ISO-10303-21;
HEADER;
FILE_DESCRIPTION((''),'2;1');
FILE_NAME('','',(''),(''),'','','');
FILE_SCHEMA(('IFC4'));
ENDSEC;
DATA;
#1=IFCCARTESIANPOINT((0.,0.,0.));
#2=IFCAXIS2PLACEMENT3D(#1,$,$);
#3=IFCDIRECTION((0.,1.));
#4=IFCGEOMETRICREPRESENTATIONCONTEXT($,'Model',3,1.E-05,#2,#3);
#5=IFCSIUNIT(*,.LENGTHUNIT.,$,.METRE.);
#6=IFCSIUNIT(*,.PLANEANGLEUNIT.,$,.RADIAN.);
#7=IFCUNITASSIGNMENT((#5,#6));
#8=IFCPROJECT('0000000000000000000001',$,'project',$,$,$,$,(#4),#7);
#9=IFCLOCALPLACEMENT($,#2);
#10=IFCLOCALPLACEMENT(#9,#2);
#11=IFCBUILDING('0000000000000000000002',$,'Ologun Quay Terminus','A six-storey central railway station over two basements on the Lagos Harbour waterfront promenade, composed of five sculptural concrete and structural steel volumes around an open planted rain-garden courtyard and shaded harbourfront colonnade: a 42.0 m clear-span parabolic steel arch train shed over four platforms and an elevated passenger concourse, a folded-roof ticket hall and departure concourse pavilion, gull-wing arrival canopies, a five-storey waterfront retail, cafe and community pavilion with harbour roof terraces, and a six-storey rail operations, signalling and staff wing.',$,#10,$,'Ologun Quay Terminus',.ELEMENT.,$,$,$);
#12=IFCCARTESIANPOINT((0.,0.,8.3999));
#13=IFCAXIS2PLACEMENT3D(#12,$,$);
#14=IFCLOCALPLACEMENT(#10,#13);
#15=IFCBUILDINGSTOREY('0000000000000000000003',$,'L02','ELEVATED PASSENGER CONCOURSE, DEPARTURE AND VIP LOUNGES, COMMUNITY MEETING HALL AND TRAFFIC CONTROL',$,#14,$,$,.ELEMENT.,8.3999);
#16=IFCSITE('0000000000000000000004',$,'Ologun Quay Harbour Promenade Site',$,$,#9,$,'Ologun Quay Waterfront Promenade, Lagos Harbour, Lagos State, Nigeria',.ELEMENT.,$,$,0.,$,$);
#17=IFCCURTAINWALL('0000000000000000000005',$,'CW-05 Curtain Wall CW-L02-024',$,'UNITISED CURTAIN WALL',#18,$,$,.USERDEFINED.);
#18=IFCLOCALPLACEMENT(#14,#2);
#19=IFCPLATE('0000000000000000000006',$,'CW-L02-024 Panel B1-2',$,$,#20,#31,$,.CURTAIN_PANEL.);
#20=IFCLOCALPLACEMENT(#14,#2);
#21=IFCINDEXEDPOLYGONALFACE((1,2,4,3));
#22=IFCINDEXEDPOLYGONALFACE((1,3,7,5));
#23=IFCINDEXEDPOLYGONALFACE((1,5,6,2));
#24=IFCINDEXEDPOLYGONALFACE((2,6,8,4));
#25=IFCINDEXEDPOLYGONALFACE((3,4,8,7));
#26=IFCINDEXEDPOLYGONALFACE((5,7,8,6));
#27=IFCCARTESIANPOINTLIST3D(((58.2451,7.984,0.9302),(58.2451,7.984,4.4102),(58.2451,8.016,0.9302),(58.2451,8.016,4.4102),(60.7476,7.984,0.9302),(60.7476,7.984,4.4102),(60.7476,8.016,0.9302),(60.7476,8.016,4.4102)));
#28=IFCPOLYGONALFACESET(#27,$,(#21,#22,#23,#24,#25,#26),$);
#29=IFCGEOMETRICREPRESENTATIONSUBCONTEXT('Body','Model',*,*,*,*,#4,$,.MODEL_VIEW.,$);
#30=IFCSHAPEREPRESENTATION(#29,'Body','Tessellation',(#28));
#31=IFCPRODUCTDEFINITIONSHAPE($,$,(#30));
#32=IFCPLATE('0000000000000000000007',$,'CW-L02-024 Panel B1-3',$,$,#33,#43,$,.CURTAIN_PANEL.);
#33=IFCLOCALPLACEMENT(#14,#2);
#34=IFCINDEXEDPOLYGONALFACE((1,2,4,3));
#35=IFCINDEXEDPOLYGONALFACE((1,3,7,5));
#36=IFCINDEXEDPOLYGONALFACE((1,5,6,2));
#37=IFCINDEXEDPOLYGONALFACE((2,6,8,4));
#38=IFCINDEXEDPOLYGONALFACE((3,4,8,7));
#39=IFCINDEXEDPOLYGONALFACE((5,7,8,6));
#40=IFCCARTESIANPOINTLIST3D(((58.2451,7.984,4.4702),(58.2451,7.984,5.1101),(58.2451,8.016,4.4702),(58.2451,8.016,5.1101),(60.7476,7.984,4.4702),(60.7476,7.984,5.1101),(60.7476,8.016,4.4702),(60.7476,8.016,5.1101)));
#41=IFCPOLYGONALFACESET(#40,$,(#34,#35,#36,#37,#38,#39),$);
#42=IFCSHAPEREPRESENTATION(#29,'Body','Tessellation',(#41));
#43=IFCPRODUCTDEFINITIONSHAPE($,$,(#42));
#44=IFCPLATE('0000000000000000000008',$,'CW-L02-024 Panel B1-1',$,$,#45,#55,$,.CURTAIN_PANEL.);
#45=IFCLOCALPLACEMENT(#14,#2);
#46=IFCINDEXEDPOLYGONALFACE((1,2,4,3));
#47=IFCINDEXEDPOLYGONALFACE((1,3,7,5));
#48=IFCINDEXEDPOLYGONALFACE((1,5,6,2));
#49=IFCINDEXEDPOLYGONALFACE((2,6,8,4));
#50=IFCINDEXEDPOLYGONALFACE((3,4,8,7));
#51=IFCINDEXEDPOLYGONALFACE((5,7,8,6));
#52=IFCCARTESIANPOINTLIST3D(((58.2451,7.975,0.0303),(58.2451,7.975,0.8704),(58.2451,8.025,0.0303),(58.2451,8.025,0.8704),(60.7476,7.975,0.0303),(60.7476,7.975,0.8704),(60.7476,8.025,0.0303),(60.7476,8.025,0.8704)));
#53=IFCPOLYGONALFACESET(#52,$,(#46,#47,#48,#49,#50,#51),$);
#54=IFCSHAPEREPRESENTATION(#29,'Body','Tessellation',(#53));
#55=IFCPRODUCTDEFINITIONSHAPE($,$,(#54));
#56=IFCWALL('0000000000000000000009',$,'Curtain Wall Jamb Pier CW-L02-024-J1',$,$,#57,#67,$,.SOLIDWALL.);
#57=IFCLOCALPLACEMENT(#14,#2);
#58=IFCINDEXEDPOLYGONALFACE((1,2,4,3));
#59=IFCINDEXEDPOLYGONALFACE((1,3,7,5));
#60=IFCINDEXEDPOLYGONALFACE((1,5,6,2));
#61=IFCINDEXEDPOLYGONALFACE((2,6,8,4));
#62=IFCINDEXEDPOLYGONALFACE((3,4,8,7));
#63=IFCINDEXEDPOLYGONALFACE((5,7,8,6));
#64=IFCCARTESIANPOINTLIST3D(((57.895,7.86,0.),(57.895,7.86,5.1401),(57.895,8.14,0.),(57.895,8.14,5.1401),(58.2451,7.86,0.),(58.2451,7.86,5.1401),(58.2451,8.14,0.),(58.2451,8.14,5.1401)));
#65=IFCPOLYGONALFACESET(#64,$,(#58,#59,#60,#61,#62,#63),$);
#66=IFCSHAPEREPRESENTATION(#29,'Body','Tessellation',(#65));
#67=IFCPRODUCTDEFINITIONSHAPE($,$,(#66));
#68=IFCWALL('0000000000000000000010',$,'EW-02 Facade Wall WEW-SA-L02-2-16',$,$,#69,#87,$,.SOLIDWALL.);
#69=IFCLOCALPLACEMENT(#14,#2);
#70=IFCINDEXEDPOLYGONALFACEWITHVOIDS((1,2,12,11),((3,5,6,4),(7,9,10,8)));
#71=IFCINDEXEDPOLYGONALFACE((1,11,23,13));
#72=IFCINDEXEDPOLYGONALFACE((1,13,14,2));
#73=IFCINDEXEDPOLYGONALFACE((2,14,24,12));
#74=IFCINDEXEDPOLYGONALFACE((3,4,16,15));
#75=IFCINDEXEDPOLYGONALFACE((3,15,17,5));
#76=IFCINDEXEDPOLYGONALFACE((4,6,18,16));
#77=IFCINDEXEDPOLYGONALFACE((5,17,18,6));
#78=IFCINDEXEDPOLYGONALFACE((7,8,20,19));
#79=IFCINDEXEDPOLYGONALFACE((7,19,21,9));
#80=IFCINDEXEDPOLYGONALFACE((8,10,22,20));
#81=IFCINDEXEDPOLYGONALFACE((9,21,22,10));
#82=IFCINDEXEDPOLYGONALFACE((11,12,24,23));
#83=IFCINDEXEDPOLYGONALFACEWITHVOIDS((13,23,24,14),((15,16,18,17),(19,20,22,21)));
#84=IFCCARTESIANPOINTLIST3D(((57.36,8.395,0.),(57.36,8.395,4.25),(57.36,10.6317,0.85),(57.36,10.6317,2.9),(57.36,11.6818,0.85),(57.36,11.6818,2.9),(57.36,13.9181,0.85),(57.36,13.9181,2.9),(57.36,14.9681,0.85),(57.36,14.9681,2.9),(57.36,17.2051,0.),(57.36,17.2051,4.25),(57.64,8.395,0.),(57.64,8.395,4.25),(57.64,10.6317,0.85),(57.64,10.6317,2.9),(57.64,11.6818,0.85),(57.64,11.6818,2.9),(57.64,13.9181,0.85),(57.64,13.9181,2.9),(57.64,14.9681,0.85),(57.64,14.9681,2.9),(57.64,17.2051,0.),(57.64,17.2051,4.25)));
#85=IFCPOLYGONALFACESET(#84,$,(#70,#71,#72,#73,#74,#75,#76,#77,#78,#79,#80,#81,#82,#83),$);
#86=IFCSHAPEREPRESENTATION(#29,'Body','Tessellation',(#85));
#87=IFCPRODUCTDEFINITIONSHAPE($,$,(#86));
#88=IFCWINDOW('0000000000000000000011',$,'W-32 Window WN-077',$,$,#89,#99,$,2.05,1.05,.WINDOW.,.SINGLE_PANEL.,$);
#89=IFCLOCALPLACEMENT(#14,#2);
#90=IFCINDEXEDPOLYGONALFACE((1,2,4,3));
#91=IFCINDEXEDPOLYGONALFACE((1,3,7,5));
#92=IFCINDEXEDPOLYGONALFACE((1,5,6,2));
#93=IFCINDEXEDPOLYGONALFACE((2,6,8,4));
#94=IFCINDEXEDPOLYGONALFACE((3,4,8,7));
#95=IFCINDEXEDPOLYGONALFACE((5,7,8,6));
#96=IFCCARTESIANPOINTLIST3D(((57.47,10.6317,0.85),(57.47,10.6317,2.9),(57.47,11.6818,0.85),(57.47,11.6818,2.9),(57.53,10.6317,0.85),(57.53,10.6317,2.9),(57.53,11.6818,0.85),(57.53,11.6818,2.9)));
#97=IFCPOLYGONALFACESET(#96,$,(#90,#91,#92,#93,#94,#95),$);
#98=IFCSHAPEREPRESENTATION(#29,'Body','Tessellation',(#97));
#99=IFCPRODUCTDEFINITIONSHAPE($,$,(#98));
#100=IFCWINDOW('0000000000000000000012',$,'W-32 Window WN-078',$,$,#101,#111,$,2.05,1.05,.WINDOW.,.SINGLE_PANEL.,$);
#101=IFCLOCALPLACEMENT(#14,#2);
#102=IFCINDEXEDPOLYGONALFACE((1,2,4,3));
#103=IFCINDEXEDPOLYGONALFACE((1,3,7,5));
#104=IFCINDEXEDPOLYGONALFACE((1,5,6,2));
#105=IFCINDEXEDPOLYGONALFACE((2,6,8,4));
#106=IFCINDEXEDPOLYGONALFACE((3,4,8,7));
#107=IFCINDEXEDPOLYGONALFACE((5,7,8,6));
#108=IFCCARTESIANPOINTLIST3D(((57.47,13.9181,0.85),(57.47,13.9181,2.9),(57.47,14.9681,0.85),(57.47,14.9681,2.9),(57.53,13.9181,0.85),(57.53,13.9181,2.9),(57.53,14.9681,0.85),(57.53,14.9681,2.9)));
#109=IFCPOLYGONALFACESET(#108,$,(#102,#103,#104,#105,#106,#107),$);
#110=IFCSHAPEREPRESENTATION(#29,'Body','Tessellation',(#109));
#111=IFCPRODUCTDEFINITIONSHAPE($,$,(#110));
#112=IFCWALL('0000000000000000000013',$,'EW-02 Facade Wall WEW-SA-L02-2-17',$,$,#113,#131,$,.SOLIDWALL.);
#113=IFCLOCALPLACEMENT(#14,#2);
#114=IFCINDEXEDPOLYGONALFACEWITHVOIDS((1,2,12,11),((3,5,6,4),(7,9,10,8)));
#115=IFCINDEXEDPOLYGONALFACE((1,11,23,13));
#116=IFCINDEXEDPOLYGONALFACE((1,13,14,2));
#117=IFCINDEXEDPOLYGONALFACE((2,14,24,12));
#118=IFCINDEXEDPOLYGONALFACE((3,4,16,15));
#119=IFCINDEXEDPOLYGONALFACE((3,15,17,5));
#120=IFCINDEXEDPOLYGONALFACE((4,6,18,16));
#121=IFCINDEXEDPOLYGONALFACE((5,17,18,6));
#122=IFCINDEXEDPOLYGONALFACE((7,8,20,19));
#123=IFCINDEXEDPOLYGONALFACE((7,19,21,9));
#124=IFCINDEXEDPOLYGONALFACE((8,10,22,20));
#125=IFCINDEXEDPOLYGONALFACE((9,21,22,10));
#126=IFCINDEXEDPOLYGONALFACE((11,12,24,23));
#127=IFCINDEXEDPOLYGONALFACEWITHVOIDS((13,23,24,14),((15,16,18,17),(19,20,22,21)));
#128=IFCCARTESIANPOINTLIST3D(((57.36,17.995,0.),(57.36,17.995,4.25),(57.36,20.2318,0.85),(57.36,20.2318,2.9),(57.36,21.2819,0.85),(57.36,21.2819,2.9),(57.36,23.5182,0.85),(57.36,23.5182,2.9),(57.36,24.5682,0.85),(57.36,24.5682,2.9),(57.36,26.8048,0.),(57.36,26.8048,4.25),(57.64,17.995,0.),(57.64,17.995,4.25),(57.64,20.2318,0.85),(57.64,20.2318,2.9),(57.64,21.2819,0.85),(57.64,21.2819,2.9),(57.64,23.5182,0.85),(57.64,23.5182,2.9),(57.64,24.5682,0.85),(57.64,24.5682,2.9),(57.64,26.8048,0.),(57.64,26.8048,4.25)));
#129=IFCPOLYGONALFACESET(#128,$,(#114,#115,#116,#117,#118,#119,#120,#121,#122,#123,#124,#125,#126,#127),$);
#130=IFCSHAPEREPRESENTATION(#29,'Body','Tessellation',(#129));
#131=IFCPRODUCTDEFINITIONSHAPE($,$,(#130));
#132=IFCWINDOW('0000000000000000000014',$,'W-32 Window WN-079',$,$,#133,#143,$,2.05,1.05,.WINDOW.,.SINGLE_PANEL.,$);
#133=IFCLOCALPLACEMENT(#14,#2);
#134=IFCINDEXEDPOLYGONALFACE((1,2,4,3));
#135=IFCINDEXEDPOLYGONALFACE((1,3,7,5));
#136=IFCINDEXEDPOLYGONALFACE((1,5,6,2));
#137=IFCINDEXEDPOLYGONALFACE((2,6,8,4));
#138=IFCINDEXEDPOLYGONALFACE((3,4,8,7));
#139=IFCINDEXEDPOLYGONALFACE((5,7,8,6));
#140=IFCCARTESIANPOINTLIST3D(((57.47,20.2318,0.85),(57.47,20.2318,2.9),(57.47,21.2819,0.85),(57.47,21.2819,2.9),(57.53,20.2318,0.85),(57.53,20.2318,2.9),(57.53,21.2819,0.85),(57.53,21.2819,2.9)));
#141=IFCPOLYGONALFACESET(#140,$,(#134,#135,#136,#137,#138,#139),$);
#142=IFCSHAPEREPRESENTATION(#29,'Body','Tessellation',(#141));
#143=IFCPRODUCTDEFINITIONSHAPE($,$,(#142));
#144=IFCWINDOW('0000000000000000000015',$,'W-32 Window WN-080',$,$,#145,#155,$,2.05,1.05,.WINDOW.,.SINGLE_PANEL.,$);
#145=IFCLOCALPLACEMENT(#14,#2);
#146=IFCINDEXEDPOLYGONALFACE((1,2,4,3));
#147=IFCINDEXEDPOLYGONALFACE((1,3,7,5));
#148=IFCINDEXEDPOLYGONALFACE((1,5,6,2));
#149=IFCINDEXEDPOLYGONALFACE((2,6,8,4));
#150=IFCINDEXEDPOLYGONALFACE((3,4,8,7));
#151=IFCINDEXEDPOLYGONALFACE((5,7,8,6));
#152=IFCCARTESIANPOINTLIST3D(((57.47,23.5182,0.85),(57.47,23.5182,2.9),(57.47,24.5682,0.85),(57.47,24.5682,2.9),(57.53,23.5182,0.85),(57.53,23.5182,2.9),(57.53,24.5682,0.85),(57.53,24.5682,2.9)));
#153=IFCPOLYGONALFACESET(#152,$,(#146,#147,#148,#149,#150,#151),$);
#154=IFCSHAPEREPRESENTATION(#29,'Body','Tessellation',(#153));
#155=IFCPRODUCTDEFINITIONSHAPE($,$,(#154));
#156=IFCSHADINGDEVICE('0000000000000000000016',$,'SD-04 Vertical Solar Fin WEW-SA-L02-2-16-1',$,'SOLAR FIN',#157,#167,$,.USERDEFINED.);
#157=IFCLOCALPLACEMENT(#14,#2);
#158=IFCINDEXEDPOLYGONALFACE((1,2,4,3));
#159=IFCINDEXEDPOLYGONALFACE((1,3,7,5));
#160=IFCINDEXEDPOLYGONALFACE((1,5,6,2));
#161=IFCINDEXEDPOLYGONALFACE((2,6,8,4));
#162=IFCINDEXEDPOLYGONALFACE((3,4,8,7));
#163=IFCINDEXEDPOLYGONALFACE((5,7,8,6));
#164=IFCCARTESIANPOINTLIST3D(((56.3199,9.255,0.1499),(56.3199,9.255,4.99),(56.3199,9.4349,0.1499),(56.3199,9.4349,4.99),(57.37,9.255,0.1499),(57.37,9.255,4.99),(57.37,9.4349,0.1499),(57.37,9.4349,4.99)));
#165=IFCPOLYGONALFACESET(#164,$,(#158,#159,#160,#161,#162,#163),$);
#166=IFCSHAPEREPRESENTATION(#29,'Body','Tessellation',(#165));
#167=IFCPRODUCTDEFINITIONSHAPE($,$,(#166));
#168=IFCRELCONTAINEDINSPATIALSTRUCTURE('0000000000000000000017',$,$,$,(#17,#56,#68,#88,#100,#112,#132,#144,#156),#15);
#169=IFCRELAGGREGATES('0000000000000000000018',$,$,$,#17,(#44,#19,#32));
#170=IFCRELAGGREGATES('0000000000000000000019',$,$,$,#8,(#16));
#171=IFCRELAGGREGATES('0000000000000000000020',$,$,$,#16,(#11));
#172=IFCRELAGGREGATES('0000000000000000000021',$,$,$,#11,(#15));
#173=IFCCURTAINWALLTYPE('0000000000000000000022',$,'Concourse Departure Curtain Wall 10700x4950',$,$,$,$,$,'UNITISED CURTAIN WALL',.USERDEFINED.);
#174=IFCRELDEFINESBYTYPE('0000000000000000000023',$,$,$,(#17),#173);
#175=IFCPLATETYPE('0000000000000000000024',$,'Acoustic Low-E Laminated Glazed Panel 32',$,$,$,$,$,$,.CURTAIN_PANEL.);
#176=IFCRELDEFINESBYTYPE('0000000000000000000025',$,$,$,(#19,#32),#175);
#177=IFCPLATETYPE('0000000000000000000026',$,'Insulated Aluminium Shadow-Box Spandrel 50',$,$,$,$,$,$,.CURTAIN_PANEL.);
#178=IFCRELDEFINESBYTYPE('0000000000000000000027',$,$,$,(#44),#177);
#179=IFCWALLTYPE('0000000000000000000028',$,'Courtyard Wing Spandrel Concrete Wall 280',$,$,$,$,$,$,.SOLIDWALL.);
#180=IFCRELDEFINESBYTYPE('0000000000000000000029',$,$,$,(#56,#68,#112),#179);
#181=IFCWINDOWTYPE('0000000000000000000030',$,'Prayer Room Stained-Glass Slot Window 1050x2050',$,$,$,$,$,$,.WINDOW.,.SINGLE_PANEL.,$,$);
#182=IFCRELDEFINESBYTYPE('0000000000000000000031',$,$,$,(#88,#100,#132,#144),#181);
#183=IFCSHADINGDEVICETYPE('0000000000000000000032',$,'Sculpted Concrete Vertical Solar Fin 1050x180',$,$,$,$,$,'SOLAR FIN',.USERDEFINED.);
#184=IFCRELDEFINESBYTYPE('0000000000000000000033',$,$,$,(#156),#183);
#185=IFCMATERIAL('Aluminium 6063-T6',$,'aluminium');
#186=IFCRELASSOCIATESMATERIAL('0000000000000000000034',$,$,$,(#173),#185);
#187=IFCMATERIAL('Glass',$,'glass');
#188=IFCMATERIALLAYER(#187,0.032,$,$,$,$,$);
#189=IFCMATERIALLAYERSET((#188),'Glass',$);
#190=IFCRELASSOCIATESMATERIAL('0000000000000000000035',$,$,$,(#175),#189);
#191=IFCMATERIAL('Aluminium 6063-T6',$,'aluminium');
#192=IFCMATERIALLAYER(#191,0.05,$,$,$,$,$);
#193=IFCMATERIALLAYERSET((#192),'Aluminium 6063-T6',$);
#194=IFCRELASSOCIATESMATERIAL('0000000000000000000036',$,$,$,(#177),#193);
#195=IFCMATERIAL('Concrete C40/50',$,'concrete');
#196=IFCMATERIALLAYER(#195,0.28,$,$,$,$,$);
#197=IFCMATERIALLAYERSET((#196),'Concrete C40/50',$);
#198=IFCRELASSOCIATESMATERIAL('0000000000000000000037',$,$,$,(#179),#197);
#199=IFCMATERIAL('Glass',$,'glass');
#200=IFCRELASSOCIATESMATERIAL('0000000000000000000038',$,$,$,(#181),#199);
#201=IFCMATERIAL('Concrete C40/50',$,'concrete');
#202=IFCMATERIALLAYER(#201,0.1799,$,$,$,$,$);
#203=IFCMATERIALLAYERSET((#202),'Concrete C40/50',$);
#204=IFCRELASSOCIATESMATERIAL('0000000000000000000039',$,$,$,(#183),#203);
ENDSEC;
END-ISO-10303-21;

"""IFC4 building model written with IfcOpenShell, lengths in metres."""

from ifc_helpers import new_model, si_unit, direction, frame, frame_2d, origin, origin_2d, place, context, subcontext, project, spatial, rectangle, extrude, material, layer, layer_set, type_object, element, fill, aggregate, save


model = new_model("IFC4")

# Units and contexts
model_context = context("Model", 3, precision=1e-05, world=origin(), true_north=direction((0.0, 1.0)))
body_context = subcontext(model_context, "Body", "Model", "MODEL_VIEW")
ifc_project = project(units=[si_unit("LENGTHUNIT", "METRE"), si_unit("PLANEANGLEUNIT", "RADIAN")], contexts=[model_context])

# Site, building, storey
site_placement = place(None, origin())
site = spatial("IfcSite", under=ifc_project, at=site_placement, Name="Ologun Quay Harbour Promenade Site", LongName="Ologun Quay Waterfront Promenade, Lagos Harbour, Lagos State, Nigeria", CompositionType="ELEMENT", RefElevation=0.0)
building_placement = place(site_placement, origin())
building = spatial("IfcBuilding", under=site, at=building_placement, Name="Ologun Quay Terminus", Description="A six-storey central railway station over two basements on the Lagos Harbour waterfront promenade, composed of five sculptural concrete and structural steel volumes around an open planted rain-garden courtyard and shaded harbourfront colonnade: a 42.0 m clear-span parabolic steel arch train shed over four platforms and an elevated passenger concourse, a folded-roof ticket hall and departure concourse pavilion, gull-wing arrival canopies, a five-storey waterfront retail, cafe and community pavilion with harbour roof terraces, and a six-storey rail operations, signalling and staff wing.", LongName="Ologun Quay Terminus", CompositionType="ELEMENT")
storey_placement = place(building_placement, frame((0.0, 0.0, 8.3999)))
storey = spatial("IfcBuildingStorey", under=building, at=storey_placement, Name="L02", Description="ELEVATED PASSENGER CONCOURSE, DEPARTURE AND VIP LOUNGES, COMMUNITY MEETING HALL AND TRAFFIC CONTROL", CompositionType="ELEMENT", Elevation=8.3999)

# Curtain wall
ifc_material_1 = material(Name="Aluminium 6063-T6", Category="aluminium")
curtain_wall_type = type_object("IfcCurtainWallType", Name="Concourse Departure Curtain Wall 10700x4950", ElementType="UNITISED CURTAIN WALL", PredefinedType="USERDEFINED", material=ifc_material_1)
curtain_wall_placement = place(storey_placement, origin())
curtain_wall = element("IfcCurtainWall", 1, at=curtain_wall_placement, inside=storey, type_object=curtain_wall_type, Name="CW-05 Curtain Wall CW-L02-024", ObjectType="UNITISED CURTAIN WALL", PredefinedType="USERDEFINED")

# Plates
ifc_material_2 = material(Name="Glass", Category="glass")
ifc_layer_1 = layer(ifc_material_2, 0.032)
ifc_layer_set_1 = layer_set([ifc_layer_1], Name="Glass")
plate_type_1 = type_object("IfcPlateType", Name="Acoustic Low-E Laminated Glazed Panel 32", PredefinedType="CURTAIN_PANEL", material=ifc_layer_set_1)
plate_1_placement = place(storey_placement, frame((59.4963, 8.0, 0.9302), z_axis=(0.0, 0.0, 1.0), x_axis=(1.0, 0.0, 0.0)))
plate_1 = element("IfcPlate", 2, at=plate_1_placement, type_object=plate_type_1, Name="CW-L02-024 Panel B1-2", PredefinedType="CURTAIN_PANEL", context=body_context, shape_type="SweptSolid", body=[
    extrude(rectangle(XDim=2.5024, YDim=0.032, at=origin_2d()), origin(), (0.0, 0.0, 1.0), 3.48),
])
plate_2_placement = place(storey_placement, frame((59.4963, 8.0, 4.4702), z_axis=(0.0, 0.0, 1.0), x_axis=(1.0, 0.0, 0.0)))
plate_2 = element("IfcPlate", 3, at=plate_2_placement, type_object=plate_type_1, Name="CW-L02-024 Panel B1-3", PredefinedType="CURTAIN_PANEL", context=body_context, shape_type="SweptSolid", body=[
    extrude(rectangle(XDim=2.5024, YDim=0.032, at=origin_2d()), origin(), (0.0, 0.0, 1.0), 0.6399),
])
ifc_material_3 = material(Name="Aluminium 6063-T6", Category="aluminium")
ifc_layer_2 = layer(ifc_material_3, 0.05)
ifc_layer_set_2 = layer_set([ifc_layer_2], Name="Aluminium 6063-T6")
plate_type_2 = type_object("IfcPlateType", Name="Insulated Aluminium Shadow-Box Spandrel 50", PredefinedType="CURTAIN_PANEL", material=ifc_layer_set_2)
plate_3_placement = place(storey_placement, frame((59.4963, 8.0, 0.0303), z_axis=(0.0, 0.0, 1.0), x_axis=(1.0, 0.0, 0.0)))
plate_3 = element("IfcPlate", 4, at=plate_3_placement, type_object=plate_type_2, Name="CW-L02-024 Panel B1-1", PredefinedType="CURTAIN_PANEL", context=body_context, shape_type="SweptSolid", body=[
    extrude(rectangle(XDim=2.5024, YDim=0.05, at=origin_2d()), origin(), (0.0, 0.0, 1.0), 0.8401),
])
aggregate(curtain_wall, [plate_3, plate_1, plate_2])

# Wall
ifc_material_4 = material(Name="Concrete C40/50", Category="concrete")
ifc_layer_3 = layer(ifc_material_4, 0.28)
ifc_layer_set_3 = layer_set([ifc_layer_3], Name="Concrete C40/50")
wall_type = type_object("IfcWallType", Name="Courtyard Wing Spandrel Concrete Wall 280", PredefinedType="SOLIDWALL", material=ifc_layer_set_3)
wall_1_placement = place(storey_placement, frame((57.895, 8.0, 0.0), z_axis=(0.0, 0.0, 1.0), x_axis=(1.0, 0.0, 0.0)))
element("IfcWall", 5, at=wall_1_placement, inside=storey, type_object=wall_type, Name="Curtain Wall Jamb Pier CW-L02-024-J1", PredefinedType="SOLIDWALL", context=body_context, shape_type="SweptSolid", body=[
    extrude(rectangle(XDim=0.3501, YDim=0.28, at=frame_2d((0.175, 0.0))), origin(), (0.0, 0.0, 1.0), 5.1401),
])

# Walls, openings, windows
wall_2_placement = place(storey_placement, frame((57.5, 8.395, 0.0), z_axis=(0.0, 0.0, 1.0), x_axis=(0.0, 1.0, 0.0)))
wall_2 = element("IfcWall", 6, at=wall_2_placement, inside=storey, type_object=wall_type, Name="EW-02 Facade Wall WEW-SA-L02-2-16", PredefinedType="SOLIDWALL", context=body_context, shape_type="SweptSolid", body=[
    extrude(rectangle(XDim=8.8101, YDim=0.28, at=frame_2d((4.405, 0.0))), origin(), (0.0, 0.0, 1.0), 4.25),
])
opening_1_placement = place(wall_2_placement, frame((2.2368, 0.0, 0.8501)))
opening_1 = element("IfcOpeningElement", 7, at=opening_1_placement, cuts=wall_2, PredefinedType="OPENING", context=body_context, shape_type="SweptSolid", body=[
    extrude(rectangle(XDim=1.05, YDim=2.05, at=frame_2d((0.5249, 1.0249))), frame((0.0, 0.1499, 0.0), z_axis=(0.0, -1.0, 0.0), x_axis=(1.0, 0.0, 0.0)), (0.0, 0.0, 1.0), 0.3),
])
opening_2_placement = place(wall_2_placement, frame((5.5232, 0.0, 0.8501)))
opening_2 = element("IfcOpeningElement", 8, at=opening_2_placement, cuts=wall_2, PredefinedType="OPENING", context=body_context, shape_type="SweptSolid", body=[
    extrude(rectangle(XDim=1.05, YDim=2.05, at=frame_2d((0.5249, 1.0249))), frame((0.0, 0.1499, 0.0), z_axis=(0.0, -1.0, 0.0), x_axis=(1.0, 0.0, 0.0)), (0.0, 0.0, 1.0), 0.3),
])
ifc_material_5 = material(Name="Glass", Category="glass")
window_type = type_object("IfcWindowType", Name="Prayer Room Stained-Glass Slot Window 1050x2050", PartitioningType="SINGLE_PANEL", PredefinedType="WINDOW", material=ifc_material_5)
window_1_placement = place(opening_1_placement, origin())
window_1 = element("IfcWindow", 9, at=window_1_placement, inside=storey, type_object=window_type, Name="W-32 Window WN-077", OverallHeight=2.05, OverallWidth=1.05, PartitioningType="SINGLE_PANEL", PredefinedType="WINDOW", context=body_context, shape_type="SweptSolid", body=[
    extrude(rectangle(XDim=1.05, YDim=2.05, at=frame_2d((0.5249, 1.0249))), frame((0.0, 0.03, 0.0), z_axis=(0.0, -1.0, 0.0), x_axis=(1.0, 0.0, 0.0)), (0.0, 0.0, 1.0), 0.0601),
])
fill(opening_1, window_1)
window_2_placement = place(opening_2_placement, origin())
window_2 = element("IfcWindow", 10, at=window_2_placement, inside=storey, type_object=window_type, Name="W-32 Window WN-078", OverallHeight=2.05, OverallWidth=1.05, PartitioningType="SINGLE_PANEL", PredefinedType="WINDOW", context=body_context, shape_type="SweptSolid", body=[
    extrude(rectangle(XDim=1.05, YDim=2.05, at=frame_2d((0.5249, 1.0249))), frame((0.0, 0.03, 0.0), z_axis=(0.0, -1.0, 0.0), x_axis=(1.0, 0.0, 0.0)), (0.0, 0.0, 1.0), 0.0601),
])
fill(opening_2, window_2)
wall_3_placement = place(storey_placement, frame((57.5, 17.9951, 0.0), z_axis=(0.0, 0.0, 1.0), x_axis=(0.0, 1.0, 0.0)))
wall_3 = element("IfcWall", 11, at=wall_3_placement, inside=storey, type_object=wall_type, Name="EW-02 Facade Wall WEW-SA-L02-2-17", PredefinedType="SOLIDWALL", context=body_context, shape_type="SweptSolid", body=[
    extrude(rectangle(XDim=8.8098, YDim=0.28, at=frame_2d((4.4048, 0.0))), origin(), (0.0, 0.0, 1.0), 4.25),
])
opening_3_placement = place(wall_3_placement, frame((2.2368, 0.0, 0.8501)))
opening_3 = element("IfcOpeningElement", 12, at=opening_3_placement, cuts=wall_3, PredefinedType="OPENING", context=body_context, shape_type="SweptSolid", body=[
    extrude(rectangle(XDim=1.05, YDim=2.05, at=frame_2d((0.5249, 1.0249))), frame((0.0, 0.1499, 0.0), z_axis=(0.0, -1.0, 0.0), x_axis=(1.0, 0.0, 0.0)), (0.0, 0.0, 1.0), 0.3),
])
opening_4_placement = place(wall_3_placement, frame((5.5232, 0.0, 0.8501)))
opening_4 = element("IfcOpeningElement", 13, at=opening_4_placement, cuts=wall_3, PredefinedType="OPENING", context=body_context, shape_type="SweptSolid", body=[
    extrude(rectangle(XDim=1.05, YDim=2.05, at=frame_2d((0.5249, 1.0249))), frame((0.0, 0.1499, 0.0), z_axis=(0.0, -1.0, 0.0), x_axis=(1.0, 0.0, 0.0)), (0.0, 0.0, 1.0), 0.3),
])
window_3_placement = place(opening_3_placement, origin())
window_3 = element("IfcWindow", 14, at=window_3_placement, inside=storey, type_object=window_type, Name="W-32 Window WN-079", OverallHeight=2.05, OverallWidth=1.05, PartitioningType="SINGLE_PANEL", PredefinedType="WINDOW", context=body_context, shape_type="SweptSolid", body=[
    extrude(rectangle(XDim=1.05, YDim=2.05, at=frame_2d((0.5249, 1.0249))), frame((0.0, 0.03, 0.0), z_axis=(0.0, -1.0, 0.0), x_axis=(1.0, 0.0, 0.0)), (0.0, 0.0, 1.0), 0.0601),
])
fill(opening_3, window_3)
window_4_placement = place(opening_4_placement, origin())
window_4 = element("IfcWindow", 15, at=window_4_placement, inside=storey, type_object=window_type, Name="W-32 Window WN-080", OverallHeight=2.05, OverallWidth=1.05, PartitioningType="SINGLE_PANEL", PredefinedType="WINDOW", context=body_context, shape_type="SweptSolid", body=[
    extrude(rectangle(XDim=1.05, YDim=2.05, at=frame_2d((0.5249, 1.0249))), frame((0.0, 0.03, 0.0), z_axis=(0.0, -1.0, 0.0), x_axis=(1.0, 0.0, 0.0)), (0.0, 0.0, 1.0), 0.0601),
])
fill(opening_4, window_4)

# Shading device
ifc_material_6 = material(Name="Concrete C40/50", Category="concrete")
ifc_layer_4 = layer(ifc_material_6, 0.1799)
ifc_layer_set_4 = layer_set([ifc_layer_4], Name="Concrete C40/50")
shading_device_type = type_object("IfcShadingDeviceType", Name="Sculpted Concrete Vertical Solar Fin 1050x180", ElementType="SOLAR FIN", PredefinedType="USERDEFINED", material=ifc_layer_set_4)
for number, where, z_axis, x_axis, name in (
    (16, (56.845, 9.345, 0.1499), (0.0, 0.0, 1.0), (1.0, 0.0, 0.0), "SD-04 Vertical Solar Fin WEW-SA-L02-2-16-1"),
):
    element("IfcShadingDevice", number, at=place(storey_placement, frame(where, z_axis=z_axis, x_axis=x_axis)), inside=storey, type_object=shading_device_type, Name=name, ObjectType="SOLAR FIN", PredefinedType="USERDEFINED", context=body_context, shape_type="SweptSolid", body=[
        extrude(rectangle(XDim=1.05, YDim=0.1799, at=origin_2d()), origin(), (0.0, 0.0, 1.0), 4.8401),
    ])

save(model, "model.ifc")
